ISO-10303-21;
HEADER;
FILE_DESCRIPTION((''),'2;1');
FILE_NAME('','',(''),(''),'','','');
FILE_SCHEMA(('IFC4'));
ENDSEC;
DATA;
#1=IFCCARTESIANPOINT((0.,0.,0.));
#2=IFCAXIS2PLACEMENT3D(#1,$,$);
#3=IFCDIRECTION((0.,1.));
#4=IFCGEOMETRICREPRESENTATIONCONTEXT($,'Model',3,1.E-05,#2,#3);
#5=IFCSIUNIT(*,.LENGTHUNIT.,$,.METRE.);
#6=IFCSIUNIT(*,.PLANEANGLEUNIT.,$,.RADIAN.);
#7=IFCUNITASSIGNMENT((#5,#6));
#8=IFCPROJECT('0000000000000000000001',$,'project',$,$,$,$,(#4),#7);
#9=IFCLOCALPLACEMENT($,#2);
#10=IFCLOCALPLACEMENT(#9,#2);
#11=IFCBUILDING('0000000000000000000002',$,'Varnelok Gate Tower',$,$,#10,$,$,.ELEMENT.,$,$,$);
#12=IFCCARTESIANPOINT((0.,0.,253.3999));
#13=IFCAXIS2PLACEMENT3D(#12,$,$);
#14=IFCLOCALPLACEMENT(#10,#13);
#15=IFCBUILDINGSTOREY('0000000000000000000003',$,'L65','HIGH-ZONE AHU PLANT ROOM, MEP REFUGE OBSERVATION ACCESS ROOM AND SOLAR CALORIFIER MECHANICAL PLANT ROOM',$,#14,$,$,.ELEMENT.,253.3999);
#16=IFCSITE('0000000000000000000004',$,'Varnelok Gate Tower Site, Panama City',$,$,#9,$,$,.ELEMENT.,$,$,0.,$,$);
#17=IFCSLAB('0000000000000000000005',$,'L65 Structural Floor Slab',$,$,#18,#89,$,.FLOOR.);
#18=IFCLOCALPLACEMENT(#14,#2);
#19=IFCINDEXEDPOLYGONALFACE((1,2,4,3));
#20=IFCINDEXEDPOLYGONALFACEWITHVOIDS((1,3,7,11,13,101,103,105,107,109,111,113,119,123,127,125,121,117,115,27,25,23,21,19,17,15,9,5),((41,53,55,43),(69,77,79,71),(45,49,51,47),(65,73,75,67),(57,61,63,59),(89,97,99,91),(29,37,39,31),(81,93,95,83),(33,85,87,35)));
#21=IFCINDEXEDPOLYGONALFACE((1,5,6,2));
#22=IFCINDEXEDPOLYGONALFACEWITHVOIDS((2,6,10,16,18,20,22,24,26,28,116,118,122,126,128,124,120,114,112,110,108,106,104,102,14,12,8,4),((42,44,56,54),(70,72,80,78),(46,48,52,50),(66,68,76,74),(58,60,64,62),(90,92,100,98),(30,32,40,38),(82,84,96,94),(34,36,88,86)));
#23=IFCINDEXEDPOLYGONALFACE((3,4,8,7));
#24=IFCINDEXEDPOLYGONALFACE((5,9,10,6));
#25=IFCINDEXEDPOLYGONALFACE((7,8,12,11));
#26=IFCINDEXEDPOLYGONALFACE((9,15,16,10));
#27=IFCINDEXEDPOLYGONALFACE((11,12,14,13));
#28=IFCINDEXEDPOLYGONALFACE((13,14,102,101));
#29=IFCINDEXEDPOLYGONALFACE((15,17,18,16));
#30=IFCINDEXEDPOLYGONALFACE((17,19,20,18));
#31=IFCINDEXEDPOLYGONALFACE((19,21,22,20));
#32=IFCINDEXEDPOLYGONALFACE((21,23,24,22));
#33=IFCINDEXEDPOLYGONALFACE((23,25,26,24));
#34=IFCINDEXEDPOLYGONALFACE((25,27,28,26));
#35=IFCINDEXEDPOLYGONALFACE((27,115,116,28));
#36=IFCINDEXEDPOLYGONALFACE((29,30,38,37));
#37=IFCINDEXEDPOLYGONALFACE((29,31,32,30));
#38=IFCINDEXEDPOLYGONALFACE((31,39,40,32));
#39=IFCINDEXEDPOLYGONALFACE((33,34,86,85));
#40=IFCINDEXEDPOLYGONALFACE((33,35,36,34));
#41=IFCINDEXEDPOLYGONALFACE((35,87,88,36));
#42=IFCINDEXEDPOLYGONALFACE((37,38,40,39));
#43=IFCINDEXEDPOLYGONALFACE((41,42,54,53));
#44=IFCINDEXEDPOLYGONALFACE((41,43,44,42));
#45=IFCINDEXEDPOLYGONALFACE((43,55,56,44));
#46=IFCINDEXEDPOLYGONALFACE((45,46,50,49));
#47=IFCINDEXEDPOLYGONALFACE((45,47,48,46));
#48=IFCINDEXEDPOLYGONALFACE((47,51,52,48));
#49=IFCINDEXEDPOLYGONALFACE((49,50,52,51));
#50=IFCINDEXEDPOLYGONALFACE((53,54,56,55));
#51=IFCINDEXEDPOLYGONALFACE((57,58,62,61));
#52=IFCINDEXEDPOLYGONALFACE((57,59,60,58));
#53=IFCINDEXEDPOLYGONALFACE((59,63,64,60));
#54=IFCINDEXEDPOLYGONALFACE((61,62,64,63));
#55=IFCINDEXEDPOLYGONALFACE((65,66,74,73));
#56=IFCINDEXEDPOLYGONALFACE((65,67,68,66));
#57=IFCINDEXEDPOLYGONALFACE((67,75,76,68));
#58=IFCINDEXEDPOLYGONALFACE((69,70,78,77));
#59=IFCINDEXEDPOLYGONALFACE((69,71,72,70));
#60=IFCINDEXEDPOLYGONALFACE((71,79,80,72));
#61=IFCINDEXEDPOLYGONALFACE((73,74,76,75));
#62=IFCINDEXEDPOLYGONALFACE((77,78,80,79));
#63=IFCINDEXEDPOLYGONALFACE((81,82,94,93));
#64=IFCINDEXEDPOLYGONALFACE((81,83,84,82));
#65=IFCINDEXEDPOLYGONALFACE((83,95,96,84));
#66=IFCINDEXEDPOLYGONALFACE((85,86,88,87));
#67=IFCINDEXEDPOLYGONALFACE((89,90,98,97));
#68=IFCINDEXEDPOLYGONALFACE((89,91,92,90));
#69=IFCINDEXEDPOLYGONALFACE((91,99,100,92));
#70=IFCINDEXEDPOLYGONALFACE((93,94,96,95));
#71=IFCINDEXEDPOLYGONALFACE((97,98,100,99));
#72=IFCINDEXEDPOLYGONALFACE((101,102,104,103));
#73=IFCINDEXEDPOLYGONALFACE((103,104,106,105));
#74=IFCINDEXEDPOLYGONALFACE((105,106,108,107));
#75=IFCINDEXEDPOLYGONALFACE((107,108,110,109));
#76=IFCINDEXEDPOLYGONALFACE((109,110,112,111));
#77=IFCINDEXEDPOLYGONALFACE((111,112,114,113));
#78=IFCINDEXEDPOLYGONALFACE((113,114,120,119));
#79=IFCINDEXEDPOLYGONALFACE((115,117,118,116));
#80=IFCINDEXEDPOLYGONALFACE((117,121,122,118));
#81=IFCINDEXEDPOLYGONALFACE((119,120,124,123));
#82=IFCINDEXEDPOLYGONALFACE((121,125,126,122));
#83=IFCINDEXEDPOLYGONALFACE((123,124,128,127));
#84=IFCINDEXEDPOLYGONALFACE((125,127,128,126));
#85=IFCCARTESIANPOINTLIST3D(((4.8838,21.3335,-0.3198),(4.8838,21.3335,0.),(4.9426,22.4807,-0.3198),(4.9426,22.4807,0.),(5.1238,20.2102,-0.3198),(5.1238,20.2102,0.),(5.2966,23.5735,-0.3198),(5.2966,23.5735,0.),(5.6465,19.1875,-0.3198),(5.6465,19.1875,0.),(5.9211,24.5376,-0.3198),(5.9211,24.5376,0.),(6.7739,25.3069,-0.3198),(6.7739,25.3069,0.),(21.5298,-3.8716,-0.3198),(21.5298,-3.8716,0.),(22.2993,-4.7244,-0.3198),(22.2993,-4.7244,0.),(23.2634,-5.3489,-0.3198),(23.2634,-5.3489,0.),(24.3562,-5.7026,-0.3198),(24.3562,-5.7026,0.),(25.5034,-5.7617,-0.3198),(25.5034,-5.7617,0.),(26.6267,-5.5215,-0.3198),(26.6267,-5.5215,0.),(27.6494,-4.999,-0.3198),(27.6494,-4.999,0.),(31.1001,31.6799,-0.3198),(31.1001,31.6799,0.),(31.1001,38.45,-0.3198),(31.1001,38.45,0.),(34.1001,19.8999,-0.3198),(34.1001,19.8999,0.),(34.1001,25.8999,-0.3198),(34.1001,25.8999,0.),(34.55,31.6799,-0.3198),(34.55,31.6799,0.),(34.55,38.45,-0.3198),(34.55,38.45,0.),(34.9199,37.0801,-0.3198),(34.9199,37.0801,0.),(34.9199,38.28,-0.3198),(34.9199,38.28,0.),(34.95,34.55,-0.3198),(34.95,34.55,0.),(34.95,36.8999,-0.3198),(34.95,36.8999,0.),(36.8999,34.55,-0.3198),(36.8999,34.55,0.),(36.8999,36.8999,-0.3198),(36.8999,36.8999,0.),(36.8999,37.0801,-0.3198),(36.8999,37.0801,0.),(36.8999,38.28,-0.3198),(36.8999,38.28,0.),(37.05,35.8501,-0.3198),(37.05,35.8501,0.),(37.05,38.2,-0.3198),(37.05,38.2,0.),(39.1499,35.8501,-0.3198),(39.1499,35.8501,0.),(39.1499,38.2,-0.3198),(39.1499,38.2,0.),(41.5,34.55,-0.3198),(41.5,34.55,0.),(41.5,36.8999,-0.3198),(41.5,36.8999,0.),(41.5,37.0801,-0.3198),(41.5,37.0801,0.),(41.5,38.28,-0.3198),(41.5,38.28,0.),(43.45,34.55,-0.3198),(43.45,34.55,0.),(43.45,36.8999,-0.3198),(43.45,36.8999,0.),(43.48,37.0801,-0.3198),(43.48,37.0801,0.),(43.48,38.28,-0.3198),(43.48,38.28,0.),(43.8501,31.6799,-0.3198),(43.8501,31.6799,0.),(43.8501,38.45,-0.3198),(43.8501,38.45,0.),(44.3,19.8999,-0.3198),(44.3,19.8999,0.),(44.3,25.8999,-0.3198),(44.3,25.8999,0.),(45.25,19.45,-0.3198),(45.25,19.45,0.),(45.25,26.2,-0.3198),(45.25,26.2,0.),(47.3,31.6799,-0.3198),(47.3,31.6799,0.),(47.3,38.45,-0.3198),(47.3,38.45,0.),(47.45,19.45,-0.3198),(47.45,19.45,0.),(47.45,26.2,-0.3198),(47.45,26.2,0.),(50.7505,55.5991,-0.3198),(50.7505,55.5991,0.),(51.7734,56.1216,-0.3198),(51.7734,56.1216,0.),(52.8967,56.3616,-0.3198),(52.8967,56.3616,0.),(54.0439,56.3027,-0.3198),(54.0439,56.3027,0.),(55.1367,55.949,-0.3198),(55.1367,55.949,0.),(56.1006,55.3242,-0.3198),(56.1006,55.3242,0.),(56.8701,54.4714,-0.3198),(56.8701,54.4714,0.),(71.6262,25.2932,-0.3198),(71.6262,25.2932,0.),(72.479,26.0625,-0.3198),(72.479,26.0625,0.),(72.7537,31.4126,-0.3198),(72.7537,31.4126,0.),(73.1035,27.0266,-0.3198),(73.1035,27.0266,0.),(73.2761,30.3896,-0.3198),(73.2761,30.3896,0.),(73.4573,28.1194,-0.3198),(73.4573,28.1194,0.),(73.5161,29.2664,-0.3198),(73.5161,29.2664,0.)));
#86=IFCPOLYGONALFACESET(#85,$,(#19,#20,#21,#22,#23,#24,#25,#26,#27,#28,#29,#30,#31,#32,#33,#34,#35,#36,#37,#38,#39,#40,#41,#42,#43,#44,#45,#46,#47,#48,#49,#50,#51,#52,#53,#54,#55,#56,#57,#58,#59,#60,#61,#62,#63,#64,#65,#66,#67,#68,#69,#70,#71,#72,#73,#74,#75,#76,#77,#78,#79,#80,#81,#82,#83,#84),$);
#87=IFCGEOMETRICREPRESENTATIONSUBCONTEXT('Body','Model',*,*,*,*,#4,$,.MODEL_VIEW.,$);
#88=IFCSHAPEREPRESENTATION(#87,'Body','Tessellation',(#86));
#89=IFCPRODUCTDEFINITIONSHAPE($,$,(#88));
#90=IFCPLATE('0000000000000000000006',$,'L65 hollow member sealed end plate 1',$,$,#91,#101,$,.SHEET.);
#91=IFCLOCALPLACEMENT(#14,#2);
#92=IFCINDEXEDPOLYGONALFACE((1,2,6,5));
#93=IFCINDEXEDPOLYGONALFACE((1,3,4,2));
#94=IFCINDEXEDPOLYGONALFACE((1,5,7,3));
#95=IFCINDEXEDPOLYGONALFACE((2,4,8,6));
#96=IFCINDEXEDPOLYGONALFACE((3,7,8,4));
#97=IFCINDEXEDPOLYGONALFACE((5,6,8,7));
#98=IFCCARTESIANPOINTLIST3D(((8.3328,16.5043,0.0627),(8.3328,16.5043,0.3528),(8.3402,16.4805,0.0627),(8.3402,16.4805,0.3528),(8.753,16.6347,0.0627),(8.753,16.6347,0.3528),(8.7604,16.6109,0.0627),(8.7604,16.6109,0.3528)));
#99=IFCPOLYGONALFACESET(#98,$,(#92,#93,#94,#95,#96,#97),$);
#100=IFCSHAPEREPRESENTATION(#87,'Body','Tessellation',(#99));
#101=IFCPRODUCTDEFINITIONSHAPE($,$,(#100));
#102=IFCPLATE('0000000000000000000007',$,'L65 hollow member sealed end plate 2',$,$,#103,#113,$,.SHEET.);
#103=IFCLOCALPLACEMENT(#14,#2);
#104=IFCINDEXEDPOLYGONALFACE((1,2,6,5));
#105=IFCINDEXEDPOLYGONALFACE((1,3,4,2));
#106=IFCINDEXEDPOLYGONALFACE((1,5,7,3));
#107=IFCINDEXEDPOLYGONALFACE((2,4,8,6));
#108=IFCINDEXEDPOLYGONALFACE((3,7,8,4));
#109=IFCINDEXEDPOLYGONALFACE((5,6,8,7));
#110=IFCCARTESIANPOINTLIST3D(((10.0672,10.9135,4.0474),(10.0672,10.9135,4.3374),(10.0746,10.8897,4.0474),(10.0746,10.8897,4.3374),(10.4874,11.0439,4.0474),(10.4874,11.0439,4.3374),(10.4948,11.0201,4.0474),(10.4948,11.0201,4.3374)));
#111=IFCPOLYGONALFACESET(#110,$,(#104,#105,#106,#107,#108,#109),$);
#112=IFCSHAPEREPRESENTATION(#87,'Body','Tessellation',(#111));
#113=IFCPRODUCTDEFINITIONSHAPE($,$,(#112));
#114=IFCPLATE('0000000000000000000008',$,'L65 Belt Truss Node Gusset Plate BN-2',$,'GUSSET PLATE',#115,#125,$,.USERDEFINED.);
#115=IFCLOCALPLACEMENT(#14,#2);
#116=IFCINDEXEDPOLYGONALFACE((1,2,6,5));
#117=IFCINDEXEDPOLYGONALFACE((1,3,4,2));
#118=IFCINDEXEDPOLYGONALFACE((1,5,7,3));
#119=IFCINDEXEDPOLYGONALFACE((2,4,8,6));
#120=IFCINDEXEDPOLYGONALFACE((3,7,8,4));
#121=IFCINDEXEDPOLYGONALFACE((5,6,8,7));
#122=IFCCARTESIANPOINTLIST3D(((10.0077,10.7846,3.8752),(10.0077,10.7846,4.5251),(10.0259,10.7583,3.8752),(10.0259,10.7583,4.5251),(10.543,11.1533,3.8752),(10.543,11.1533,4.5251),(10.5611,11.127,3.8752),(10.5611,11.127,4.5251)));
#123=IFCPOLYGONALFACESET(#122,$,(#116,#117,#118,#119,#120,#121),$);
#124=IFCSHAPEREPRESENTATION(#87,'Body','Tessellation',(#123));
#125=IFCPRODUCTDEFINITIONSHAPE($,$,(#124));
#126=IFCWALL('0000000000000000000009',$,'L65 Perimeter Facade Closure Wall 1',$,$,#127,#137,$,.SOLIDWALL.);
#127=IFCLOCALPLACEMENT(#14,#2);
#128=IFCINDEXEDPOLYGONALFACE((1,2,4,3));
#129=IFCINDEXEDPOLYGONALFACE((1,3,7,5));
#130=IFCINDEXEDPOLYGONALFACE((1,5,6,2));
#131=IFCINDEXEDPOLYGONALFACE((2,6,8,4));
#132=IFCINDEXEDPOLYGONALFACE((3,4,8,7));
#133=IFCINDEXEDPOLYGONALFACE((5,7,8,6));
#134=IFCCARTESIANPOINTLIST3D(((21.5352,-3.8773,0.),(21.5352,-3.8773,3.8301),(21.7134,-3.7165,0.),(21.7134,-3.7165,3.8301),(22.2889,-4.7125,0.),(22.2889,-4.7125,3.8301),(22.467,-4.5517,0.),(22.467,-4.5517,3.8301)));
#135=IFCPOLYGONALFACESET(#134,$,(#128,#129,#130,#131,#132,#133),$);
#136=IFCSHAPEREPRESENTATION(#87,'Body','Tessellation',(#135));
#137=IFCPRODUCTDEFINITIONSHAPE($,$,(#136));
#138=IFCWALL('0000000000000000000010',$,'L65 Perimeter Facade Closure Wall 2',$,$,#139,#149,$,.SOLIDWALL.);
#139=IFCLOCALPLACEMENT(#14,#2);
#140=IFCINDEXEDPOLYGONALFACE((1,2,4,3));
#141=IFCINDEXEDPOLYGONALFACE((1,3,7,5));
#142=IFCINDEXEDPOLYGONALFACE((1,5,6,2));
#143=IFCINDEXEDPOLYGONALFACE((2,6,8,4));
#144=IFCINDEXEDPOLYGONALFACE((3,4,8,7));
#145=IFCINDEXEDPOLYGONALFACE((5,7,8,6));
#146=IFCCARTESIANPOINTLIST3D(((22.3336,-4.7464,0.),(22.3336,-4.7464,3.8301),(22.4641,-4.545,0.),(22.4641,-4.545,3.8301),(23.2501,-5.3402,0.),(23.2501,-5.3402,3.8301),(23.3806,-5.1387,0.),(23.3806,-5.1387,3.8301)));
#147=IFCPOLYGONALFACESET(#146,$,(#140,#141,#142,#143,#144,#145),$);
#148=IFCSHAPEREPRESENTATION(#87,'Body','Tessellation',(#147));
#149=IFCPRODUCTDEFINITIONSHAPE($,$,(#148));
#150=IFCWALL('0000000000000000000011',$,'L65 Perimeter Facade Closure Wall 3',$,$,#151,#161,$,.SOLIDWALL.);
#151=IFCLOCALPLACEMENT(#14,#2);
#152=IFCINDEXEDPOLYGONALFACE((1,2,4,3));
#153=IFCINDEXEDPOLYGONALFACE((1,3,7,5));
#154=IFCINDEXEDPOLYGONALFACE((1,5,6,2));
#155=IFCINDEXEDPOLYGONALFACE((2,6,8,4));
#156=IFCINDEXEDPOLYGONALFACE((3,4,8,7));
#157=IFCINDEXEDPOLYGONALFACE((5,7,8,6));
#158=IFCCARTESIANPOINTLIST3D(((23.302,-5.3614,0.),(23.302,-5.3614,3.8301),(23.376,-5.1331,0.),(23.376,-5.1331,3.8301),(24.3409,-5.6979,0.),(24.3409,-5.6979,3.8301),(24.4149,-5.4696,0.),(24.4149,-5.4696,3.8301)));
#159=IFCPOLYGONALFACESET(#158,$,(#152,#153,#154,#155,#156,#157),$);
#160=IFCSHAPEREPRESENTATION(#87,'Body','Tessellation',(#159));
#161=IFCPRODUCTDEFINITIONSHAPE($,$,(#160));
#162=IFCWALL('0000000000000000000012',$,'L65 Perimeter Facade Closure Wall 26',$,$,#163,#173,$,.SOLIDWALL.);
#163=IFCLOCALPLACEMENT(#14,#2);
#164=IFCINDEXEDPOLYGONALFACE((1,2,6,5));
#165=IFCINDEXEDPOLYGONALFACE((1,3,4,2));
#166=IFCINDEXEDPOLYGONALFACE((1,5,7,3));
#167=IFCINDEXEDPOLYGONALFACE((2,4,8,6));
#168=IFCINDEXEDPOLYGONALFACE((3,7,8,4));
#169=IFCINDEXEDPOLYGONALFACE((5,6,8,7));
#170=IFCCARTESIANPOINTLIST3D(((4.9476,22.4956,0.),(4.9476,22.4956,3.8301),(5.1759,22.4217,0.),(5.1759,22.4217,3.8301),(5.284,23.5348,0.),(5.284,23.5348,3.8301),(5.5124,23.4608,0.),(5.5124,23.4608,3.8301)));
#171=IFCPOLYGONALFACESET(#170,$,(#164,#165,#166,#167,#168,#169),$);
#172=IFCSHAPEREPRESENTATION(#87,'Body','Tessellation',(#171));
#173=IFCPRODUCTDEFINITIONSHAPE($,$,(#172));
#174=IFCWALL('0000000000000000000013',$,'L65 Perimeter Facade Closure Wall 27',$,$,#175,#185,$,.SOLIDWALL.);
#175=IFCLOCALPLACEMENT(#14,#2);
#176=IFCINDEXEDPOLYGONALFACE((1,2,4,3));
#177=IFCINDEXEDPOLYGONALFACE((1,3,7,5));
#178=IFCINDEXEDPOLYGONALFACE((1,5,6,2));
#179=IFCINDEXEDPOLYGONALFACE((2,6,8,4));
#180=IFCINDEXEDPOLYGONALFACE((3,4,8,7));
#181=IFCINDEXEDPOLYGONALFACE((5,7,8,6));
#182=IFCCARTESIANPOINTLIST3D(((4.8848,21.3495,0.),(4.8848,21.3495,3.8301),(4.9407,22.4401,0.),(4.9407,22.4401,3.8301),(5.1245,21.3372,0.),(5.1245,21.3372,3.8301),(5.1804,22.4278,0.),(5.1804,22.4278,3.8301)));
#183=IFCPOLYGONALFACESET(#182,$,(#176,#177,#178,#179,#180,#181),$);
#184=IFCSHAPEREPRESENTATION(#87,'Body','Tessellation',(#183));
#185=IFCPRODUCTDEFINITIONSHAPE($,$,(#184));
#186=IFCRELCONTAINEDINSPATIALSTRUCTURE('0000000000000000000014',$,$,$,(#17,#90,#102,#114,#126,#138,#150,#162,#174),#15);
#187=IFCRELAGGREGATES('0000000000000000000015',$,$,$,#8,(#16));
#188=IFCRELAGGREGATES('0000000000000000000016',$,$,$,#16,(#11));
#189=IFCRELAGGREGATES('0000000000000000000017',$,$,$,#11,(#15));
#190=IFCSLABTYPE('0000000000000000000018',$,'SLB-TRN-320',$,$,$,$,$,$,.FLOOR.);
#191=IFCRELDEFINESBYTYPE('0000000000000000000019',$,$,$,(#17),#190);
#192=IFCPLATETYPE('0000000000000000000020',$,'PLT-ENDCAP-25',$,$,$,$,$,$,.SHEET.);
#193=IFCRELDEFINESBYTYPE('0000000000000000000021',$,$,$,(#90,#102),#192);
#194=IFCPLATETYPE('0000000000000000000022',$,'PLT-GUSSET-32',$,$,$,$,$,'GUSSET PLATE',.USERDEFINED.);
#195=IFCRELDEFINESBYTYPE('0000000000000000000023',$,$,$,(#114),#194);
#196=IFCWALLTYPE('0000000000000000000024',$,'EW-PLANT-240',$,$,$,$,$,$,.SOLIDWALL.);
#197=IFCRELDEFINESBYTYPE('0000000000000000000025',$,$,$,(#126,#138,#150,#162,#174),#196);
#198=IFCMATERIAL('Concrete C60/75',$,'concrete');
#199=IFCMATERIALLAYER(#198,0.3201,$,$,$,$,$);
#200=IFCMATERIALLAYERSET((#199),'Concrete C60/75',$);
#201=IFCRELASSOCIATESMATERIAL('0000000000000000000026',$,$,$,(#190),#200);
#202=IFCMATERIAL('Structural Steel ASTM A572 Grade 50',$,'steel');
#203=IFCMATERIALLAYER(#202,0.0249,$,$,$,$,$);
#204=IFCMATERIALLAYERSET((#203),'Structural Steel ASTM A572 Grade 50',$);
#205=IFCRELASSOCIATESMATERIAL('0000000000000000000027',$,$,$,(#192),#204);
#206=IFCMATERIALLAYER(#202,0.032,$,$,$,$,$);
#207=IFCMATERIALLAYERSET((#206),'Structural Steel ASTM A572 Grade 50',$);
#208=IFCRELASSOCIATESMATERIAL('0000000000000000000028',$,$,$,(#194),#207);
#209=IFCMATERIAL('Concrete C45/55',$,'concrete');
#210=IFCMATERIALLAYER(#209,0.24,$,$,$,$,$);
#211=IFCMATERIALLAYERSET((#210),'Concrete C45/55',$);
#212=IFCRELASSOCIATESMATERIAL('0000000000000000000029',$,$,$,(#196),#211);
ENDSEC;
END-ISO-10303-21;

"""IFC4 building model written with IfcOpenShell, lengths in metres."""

from ifc_helpers import new_model, si_unit, direction, frame, frame_2d, origin, origin_2d, place, context, subcontext, project, spatial, polyline, rectangle, outline, extrude, source, transform, mapped, material, layer, layer_set, type_object, element, save


model = new_model("IFC4")

# Units and contexts
model_context = context("Model", 3, precision=1e-05, world=origin(), true_north=direction((0.0, 1.0)))
body_context = subcontext(model_context, "Body", "Model", "MODEL_VIEW")
ifc_project = project(units=[si_unit("LENGTHUNIT", "METRE"), si_unit("PLANEANGLEUNIT", "RADIAN")], contexts=[model_context])

# Site, building, storey
site_placement = place(None, origin())
site = spatial("IfcSite", under=ifc_project, at=site_placement, Name="Varnelok Gate Tower Site, Panama City", CompositionType="ELEMENT", RefElevation=0.0)
building_placement = place(site_placement, origin())
building = spatial("IfcBuilding", under=site, at=building_placement, Name="Varnelok Gate Tower", CompositionType="ELEMENT")
storey_placement = place(building_placement, frame((0.0, 0.0, 253.3999)))
storey = spatial("IfcBuildingStorey", under=building, at=storey_placement, Name="L65", Description="HIGH-ZONE AHU PLANT ROOM, MEP REFUGE OBSERVATION ACCESS ROOM AND SOLAR CALORIFIER MECHANICAL PLANT ROOM", CompositionType="ELEMENT", Elevation=253.3999)

# Shared definitions
ifc_material_1 = material(Name="Structural Steel ASTM A572 Grade 50", Category="steel")

# Shared definitions
ifc_material_2 = material(Name="Concrete C45/55", Category="concrete")

# Slab
ifc_material_3 = material(Name="Concrete C60/75", Category="concrete")
ifc_layer_1 = layer(ifc_material_3, 0.3201)
ifc_layer_set_1 = layer_set([ifc_layer_1], Name="Concrete C60/75")
slab_type_1 = type_object("IfcSlabType", Name="SLB-TRN-320", PredefinedType="FLOOR", material=ifc_layer_set_1)
slab_1_placement = place(storey_placement, frame((0.0, 0.0, -0.3198)))
element("IfcSlab", 1, at=slab_1_placement, inside=storey, type_object=slab_type_1, Name="L65 Structural Floor Slab", PredefinedType="FLOOR", context=body_context, shape_type="SweptSolid", body=[
    extrude(outline(polyline([(21.5298, -3.8716), (22.2993, -4.7244), (23.2634, -5.3489), (24.3562, -5.7026), (25.5034, -5.7617), (26.6267, -5.5215), (27.6494, -4.999), (71.6262, 25.2932), (72.479, 26.0625), (73.1035, 27.0266), (73.4573, 28.1194), (73.5161, 29.2664), (73.2761, 30.3896), (72.7537, 31.4126), (56.8701, 54.4714), (56.1006, 55.3242), (55.1367, 55.949), (54.0439, 56.3027), (52.8967, 56.3616), (51.7734, 56.1216), (50.7505, 55.5991), (6.7739, 25.3069), (5.9211, 24.5376), (5.2966, 23.5735), (4.9426, 22.4807), (4.8838, 21.3335), (5.1238, 20.2102), (5.6465, 19.1875), (21.5298, -3.8716)]), holes=[polyline([(34.55, 31.6799), (34.55, 38.45), (31.1001, 38.45), (31.1001, 31.6799), (34.55, 31.6799)]), polyline([(47.3, 31.6799), (47.3, 38.45), (43.8501, 38.45), (43.8501, 31.6799), (47.3, 31.6799)]), polyline([(34.95, 34.55), (36.8999, 34.55), (36.8999, 36.8999), (34.95, 36.8999), (34.95, 34.55)]), polyline([(41.5, 34.55), (43.45, 34.55), (43.45, 36.8999), (41.5, 36.8999), (41.5, 34.55)]), polyline([(37.05, 35.8501), (39.1499, 35.8501), (39.1499, 38.2), (37.05, 38.2), (37.05, 35.8501)]), polyline([(45.25, 19.45), (47.45, 19.45), (47.45, 26.2), (45.25, 26.2), (45.25, 19.45)]), polyline([(34.9199, 37.0801), (36.8999, 37.0801), (36.8999, 38.28), (34.9199, 38.28), (34.9199, 37.0801)]), polyline([(41.5, 37.0801), (43.48, 37.0801), (43.48, 38.28), (41.5, 38.28), (41.5, 37.0801)]), polyline([(34.1001, 19.8999), (44.3, 19.8999), (44.3, 25.8999), (34.1001, 25.8999), (34.1001, 19.8999)])]), origin(), (0.0, 0.0, 1.0), 0.3198),
])

# Plates
ifc_layer_2 = layer(ifc_material_1, 0.0249)
ifc_layer_set_2 = layer_set([ifc_layer_2], Name="Structural Steel ASTM A572 Grade 50")
plate_type_1 = type_object("IfcPlateType", Name="PLT-ENDCAP-25", PredefinedType="SHEET", material=ifc_layer_set_2)
shared_shape_1 = source(origin(), body_context, "Body", "SweptSolid", [
    extrude(rectangle(XDim=0.0249, YDim=0.4399, at=origin_2d()), origin(), (0.0, 0.0, 1.0), 0.29),
])
for number, where, z_axis, x_axis, name in (
    (2, (8.5466, 16.5576, 0.0627), (0.0, 0.0, 1.0), (0.296292, -0.955098, 0.0), "L65 hollow member sealed end plate 1"),
    (3, (10.281, 10.9668, 4.0474), (0.0, 0.0, 1.0), (0.296292, -0.955098, 0.0), "L65 hollow member sealed end plate 2"),
):
    element("IfcPlate", number, at=place(storey_placement, frame(where, z_axis=z_axis, x_axis=x_axis)), inside=storey, type_object=plate_type_1, Name=name, PredefinedType="SHEET", context=body_context, shape_type="MappedRepresentation", body=[
        mapped(shared_shape_1, transform((0.0, 0.0, 0.0), scale=1.0)),
    ])
ifc_layer_3 = layer(ifc_material_1, 0.032)
ifc_layer_set_3 = layer_set([ifc_layer_3], Name="Structural Steel ASTM A572 Grade 50")
plate_type_2 = type_object("IfcPlateType", Name="PLT-GUSSET-32", ElementType="GUSSET PLATE", PredefinedType="USERDEFINED", material=ifc_layer_set_3)
shared_shape_2 = source(origin(), body_context, "Body", "SweptSolid", [
    extrude(rectangle(XDim=0.6499, YDim=0.032, at=origin_2d()), origin(), (0.0, 0.0, 1.0), 0.6499),
])
plate_placement = place(storey_placement, frame((10.2844, 10.9558, 3.8752), z_axis=(0.0, 0.0, 1.0), x_axis=(0.823533, 0.567269, 0.0)))
element("IfcPlate", 4, at=plate_placement, inside=storey, type_object=plate_type_2, Name="L65 Belt Truss Node Gusset Plate BN-2", ObjectType="GUSSET PLATE", PredefinedType="USERDEFINED", context=body_context, shape_type="MappedRepresentation", body=[
    mapped(shared_shape_2, transform((0.0, 0.0, 0.0), scale=1.0)),
])

# Walls
ifc_layer_4 = layer(ifc_material_2, 0.24)
ifc_layer_set_4 = layer_set([ifc_layer_4], Name="Concrete C45/55")
wall_type_1 = type_object("IfcWallType", Name="EW-PLANT-240", PredefinedType="SOLIDWALL", material=ifc_layer_set_4)
wall_1_placement = place(storey_placement, frame((21.6243, -3.7969, 0.0), z_axis=(0.0, 0.0, 1.0), x_axis=(0.669935, -0.742419, 0.0)))
element("IfcWall", 5, at=wall_1_placement, inside=storey, type_object=wall_type_1, Name="L65 Perimeter Facade Closure Wall 1", PredefinedType="SOLIDWALL", context=body_context, shape_type="SweptSolid", body=[
    extrude(rectangle(XDim=1.125, YDim=0.24, at=frame_2d((0.5625, 0.0))), origin(), (0.0, 0.0, 1.0), 3.8301),
])
for number, where, z_axis, x_axis, name in (
    (6, (22.3989, -4.6458, 0.0), (0.0, 0.0, 1.0), (0.83927, -0.543715, 0.0), "L65 Perimeter Facade Closure Wall 2"),
    (7, (23.3391, -5.2473, 0.0), (0.0, 0.0, 1.0), (0.951354, -0.3081, 0.0), "L65 Perimeter Facade Closure Wall 3"),
):
    element("IfcWall", number, at=place(storey_placement, frame(where, z_axis=z_axis, x_axis=x_axis)), inside=storey, type_object=wall_type_1, Name=name, PredefinedType="SOLIDWALL", context=body_context, shape_type="SweptSolid", body=[
        extrude(rectangle(XDim=1.092, YDim=0.24, at=frame_2d((0.5459, 0.0))), origin(), (0.0, 0.0, 1.0), 3.8301),
    ])
wall_2_placement = place(storey_placement, frame((5.3982, 23.4978, 0.0), z_axis=(0.0, 0.0, 1.0), x_axis=(-0.308035, -0.951375, 0.0)))
element("IfcWall", 8, at=wall_2_placement, inside=storey, type_object=wall_type_1, Name="L65 Perimeter Facade Closure Wall 26", PredefinedType="SOLIDWALL", context=body_context, shape_type="SweptSolid", body=[
    extrude(rectangle(XDim=1.0923, YDim=0.24, at=frame_2d((0.5461, 0.0))), origin(), (0.0, 0.0, 1.0), 3.8301),
])
wall_3_placement = place(storey_placement, frame((5.0605, 22.4338, 0.0), z_axis=(0.0, 0.0, 1.0), x_axis=(-0.051198, -0.998689, 0.0)))
element("IfcWall", 9, at=wall_3_placement, inside=storey, type_object=wall_type_1, Name="L65 Perimeter Facade Closure Wall 27", PredefinedType="SOLIDWALL", context=body_context, shape_type="SweptSolid", body=[
    extrude(rectangle(XDim=1.092, YDim=0.24, at=frame_2d((0.5459, 0.0))), origin(), (0.0, 0.0, 1.0), 3.8301),
])

save(model, "model.ifc")
